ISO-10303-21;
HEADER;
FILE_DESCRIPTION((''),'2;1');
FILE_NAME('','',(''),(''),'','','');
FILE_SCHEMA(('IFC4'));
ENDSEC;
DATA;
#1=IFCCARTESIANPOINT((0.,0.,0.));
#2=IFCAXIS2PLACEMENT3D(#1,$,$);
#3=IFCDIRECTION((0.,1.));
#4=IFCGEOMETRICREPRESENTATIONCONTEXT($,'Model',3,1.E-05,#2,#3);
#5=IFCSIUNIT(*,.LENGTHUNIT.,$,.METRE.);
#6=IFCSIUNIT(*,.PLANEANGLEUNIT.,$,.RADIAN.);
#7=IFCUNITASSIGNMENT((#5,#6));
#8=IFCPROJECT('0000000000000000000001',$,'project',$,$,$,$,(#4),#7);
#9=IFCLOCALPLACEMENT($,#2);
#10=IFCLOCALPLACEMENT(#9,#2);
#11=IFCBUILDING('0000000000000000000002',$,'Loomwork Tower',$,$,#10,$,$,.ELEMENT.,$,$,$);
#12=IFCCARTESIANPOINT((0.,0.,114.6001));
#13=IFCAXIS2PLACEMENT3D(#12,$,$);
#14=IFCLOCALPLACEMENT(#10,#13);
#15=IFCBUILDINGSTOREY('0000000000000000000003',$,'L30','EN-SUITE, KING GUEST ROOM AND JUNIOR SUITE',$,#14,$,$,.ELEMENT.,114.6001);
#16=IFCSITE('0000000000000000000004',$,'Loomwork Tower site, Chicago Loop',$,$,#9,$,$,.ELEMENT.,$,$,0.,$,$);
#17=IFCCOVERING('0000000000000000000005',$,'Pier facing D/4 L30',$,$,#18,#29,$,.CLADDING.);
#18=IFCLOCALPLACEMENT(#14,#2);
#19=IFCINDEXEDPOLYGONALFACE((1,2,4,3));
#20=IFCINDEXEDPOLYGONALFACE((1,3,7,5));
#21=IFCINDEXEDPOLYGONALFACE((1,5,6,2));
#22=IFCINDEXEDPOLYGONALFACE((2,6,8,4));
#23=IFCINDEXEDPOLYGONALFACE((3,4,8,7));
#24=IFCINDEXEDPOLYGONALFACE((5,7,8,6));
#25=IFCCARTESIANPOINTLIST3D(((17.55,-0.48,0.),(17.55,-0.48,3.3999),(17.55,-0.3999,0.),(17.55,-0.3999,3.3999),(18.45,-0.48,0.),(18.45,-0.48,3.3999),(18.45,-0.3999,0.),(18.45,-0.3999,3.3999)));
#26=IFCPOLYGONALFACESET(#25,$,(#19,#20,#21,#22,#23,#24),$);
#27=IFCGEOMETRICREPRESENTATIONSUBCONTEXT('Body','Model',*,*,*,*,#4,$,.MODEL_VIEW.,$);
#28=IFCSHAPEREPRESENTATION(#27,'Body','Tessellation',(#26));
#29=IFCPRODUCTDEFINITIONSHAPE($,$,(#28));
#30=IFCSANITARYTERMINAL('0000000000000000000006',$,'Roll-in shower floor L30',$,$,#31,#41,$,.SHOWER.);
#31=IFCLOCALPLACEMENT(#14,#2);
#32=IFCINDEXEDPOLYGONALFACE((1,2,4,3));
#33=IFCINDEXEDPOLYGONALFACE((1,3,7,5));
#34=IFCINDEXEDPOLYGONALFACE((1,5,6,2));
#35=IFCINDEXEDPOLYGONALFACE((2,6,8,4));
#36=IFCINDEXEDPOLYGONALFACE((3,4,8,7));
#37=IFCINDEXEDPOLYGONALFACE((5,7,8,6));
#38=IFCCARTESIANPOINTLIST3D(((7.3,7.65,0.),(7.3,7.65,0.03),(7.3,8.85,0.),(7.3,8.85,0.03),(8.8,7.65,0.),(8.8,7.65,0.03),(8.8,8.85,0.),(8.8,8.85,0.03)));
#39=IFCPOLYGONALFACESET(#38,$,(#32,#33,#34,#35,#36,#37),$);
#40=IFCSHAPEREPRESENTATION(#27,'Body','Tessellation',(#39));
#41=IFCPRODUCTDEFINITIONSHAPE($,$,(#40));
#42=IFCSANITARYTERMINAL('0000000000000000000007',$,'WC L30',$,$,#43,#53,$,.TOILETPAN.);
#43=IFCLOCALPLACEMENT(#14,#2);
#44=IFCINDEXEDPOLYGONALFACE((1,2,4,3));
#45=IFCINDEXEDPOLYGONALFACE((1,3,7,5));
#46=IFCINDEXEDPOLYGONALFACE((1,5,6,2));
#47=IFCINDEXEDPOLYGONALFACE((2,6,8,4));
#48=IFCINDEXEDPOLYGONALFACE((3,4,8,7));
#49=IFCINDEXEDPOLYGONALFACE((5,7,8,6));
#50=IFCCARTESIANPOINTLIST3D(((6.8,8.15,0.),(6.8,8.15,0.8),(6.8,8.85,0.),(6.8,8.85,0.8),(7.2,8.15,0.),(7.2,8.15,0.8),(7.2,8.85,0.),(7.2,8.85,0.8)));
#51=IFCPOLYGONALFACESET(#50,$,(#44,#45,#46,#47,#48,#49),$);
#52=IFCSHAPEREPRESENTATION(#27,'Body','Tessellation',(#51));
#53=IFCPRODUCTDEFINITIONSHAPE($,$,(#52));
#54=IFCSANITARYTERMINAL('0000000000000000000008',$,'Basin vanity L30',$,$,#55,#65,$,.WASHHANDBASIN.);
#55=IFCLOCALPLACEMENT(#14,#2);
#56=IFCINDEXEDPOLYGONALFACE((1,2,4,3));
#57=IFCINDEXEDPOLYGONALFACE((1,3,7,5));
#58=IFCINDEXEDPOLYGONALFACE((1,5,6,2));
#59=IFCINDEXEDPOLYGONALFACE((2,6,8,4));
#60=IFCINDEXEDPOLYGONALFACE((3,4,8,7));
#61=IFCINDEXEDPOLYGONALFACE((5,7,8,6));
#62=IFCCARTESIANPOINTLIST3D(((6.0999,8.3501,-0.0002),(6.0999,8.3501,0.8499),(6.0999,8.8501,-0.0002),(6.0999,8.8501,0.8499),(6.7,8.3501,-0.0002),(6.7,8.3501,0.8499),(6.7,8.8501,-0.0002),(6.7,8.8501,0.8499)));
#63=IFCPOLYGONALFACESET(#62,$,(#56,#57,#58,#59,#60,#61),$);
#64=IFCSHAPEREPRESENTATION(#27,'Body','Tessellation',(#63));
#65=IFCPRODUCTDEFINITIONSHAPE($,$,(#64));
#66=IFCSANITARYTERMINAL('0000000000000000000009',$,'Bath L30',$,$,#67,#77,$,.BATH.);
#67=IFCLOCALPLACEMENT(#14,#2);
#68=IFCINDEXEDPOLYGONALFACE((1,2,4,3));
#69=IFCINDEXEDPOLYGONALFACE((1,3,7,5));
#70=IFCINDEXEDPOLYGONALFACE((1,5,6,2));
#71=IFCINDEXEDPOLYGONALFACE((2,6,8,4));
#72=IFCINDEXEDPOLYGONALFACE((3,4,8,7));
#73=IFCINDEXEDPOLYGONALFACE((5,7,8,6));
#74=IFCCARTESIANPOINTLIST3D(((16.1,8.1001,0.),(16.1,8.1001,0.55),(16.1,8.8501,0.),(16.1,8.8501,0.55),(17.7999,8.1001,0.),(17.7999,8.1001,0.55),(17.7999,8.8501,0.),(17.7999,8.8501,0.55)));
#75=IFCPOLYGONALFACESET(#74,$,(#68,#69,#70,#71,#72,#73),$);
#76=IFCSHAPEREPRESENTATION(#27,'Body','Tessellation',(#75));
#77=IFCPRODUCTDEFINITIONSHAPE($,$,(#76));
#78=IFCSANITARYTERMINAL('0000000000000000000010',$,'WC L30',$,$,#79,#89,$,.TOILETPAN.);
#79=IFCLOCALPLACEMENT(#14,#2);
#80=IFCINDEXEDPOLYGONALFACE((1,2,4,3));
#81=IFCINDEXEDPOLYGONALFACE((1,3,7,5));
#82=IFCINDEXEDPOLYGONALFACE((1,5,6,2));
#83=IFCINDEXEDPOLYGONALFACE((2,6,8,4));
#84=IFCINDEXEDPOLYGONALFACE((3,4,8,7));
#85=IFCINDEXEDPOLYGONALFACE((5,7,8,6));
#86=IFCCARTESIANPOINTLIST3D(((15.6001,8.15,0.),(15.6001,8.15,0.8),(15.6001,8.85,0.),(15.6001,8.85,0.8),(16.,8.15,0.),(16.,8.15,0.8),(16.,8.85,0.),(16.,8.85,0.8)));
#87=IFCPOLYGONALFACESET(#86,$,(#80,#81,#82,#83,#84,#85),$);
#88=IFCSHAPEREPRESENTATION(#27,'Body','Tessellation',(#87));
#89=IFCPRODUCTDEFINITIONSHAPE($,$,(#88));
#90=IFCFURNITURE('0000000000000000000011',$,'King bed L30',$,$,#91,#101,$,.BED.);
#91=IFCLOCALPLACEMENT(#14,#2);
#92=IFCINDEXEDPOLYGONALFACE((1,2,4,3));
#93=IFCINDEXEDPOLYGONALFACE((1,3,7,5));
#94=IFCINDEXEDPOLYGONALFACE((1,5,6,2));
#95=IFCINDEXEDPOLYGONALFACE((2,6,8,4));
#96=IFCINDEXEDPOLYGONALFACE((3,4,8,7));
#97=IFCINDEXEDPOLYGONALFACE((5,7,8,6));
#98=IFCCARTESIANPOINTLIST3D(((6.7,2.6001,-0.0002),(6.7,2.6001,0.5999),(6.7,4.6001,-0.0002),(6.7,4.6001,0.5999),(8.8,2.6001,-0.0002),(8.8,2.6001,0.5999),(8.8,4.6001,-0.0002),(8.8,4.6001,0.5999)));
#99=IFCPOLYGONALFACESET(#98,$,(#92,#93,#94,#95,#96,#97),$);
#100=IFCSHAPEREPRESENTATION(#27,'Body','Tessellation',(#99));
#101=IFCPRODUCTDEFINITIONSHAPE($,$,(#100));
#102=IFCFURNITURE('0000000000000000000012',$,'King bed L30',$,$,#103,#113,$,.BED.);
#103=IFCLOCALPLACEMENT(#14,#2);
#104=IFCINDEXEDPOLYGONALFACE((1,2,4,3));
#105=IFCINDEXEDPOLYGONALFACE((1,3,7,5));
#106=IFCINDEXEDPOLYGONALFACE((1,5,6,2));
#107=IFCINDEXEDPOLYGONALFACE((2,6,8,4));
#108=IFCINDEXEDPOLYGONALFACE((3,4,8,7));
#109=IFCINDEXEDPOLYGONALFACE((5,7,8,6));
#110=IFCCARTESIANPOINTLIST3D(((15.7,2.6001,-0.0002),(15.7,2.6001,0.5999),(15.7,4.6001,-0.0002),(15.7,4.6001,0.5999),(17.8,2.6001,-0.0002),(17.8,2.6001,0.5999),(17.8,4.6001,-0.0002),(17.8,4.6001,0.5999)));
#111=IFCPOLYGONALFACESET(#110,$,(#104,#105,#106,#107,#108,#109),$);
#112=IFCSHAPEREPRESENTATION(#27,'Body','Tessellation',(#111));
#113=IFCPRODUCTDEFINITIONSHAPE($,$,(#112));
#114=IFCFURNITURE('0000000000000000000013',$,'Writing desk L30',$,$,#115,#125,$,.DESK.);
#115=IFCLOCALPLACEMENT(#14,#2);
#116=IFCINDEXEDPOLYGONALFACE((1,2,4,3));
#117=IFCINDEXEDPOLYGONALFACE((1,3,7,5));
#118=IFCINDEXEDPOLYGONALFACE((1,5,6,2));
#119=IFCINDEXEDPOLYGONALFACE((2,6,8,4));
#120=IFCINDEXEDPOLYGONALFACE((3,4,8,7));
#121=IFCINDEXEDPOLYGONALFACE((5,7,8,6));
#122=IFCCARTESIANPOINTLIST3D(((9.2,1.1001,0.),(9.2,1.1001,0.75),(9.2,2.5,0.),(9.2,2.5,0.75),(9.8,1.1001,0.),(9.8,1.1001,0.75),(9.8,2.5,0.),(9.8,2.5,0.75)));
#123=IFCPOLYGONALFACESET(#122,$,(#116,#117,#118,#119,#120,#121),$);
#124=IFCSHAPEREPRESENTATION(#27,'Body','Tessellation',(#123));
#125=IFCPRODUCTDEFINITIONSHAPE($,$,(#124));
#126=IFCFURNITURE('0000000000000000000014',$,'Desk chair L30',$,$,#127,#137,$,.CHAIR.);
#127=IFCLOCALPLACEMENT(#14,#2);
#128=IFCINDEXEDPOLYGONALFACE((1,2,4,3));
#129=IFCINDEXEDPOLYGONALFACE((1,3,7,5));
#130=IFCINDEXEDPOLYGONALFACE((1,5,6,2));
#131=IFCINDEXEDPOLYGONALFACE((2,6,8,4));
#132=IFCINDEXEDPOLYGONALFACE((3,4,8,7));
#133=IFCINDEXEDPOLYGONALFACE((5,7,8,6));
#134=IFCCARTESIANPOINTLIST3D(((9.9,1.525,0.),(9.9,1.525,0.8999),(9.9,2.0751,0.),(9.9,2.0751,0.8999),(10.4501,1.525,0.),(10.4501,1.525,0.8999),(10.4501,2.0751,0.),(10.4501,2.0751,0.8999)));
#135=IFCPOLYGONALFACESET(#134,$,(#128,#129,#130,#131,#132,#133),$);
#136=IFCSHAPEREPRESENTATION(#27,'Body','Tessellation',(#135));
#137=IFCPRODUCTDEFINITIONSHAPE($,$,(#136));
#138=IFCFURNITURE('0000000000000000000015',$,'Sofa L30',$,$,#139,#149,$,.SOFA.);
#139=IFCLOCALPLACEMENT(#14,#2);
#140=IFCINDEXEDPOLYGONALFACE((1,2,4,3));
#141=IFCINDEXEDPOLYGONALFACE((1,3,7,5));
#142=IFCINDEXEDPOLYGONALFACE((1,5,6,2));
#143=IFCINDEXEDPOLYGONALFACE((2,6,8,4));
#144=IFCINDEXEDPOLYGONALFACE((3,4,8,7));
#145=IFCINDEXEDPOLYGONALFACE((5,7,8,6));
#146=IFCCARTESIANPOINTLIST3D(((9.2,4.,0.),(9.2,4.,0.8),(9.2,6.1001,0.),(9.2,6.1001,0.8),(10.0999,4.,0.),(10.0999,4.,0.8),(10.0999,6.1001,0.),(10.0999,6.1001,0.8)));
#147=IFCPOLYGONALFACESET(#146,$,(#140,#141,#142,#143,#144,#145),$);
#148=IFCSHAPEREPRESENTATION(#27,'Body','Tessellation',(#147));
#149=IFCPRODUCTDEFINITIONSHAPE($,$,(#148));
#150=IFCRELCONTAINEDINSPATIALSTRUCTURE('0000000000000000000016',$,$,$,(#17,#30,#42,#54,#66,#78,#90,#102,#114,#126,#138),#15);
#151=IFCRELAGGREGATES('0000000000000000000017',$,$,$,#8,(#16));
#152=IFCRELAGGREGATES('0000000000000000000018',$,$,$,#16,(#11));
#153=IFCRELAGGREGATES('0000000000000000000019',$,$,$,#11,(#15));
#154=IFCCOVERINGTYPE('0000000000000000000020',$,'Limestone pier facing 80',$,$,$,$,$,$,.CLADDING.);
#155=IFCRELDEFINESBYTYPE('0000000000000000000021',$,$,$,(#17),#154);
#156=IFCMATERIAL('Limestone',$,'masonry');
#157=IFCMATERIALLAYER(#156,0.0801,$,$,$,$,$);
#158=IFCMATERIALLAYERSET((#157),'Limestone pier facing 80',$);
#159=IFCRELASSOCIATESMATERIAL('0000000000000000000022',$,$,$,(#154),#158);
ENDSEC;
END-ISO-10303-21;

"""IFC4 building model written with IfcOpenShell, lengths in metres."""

from ifc_helpers import new_model, si_unit, direction, frame, origin, origin_2d, place, context, subcontext, project, spatial, rectangle, extrude, material, layer, layer_set, type_object, element, save


model = new_model("IFC4")

# Units and contexts
model_context = context("Model", 3, precision=1e-05, world=origin(), true_north=direction((0.0, 1.0)))
body_context = subcontext(model_context, "Body", "Model", "MODEL_VIEW")
ifc_project = project(units=[si_unit("LENGTHUNIT", "METRE"), si_unit("PLANEANGLEUNIT", "RADIAN")], contexts=[model_context])

# Site, building, storey
site_placement = place(None, origin())
site = spatial("IfcSite", under=ifc_project, at=site_placement, Name="Loomwork Tower site, Chicago Loop", CompositionType="ELEMENT", RefElevation=0.0)
building_placement = place(site_placement, origin())
building = spatial("IfcBuilding", under=site, at=building_placement, Name="Loomwork Tower", CompositionType="ELEMENT")
storey_placement = place(building_placement, frame((0.0, 0.0, 114.6001)))
storey = spatial("IfcBuildingStorey", under=building, at=storey_placement, Name="L30", Description="EN-SUITE, KING GUEST ROOM AND JUNIOR SUITE", CompositionType="ELEMENT", Elevation=114.6001)

# Covering
ifc_material_1 = material(Name="Limestone", Category="masonry")
ifc_layer_1 = layer(ifc_material_1, 0.0801)
ifc_layer_set_1 = layer_set([ifc_layer_1], Name="Limestone pier facing 80")
covering_type = type_object("IfcCoveringType", Name="Limestone pier facing 80", PredefinedType="CLADDING", material=ifc_layer_set_1)
for number, where, z_axis, x_axis, name in (
    (1, (18.0, -0.4399, 0.0), (0.0, 0.0, 1.0), (1.0, 0.0, 0.0), "Pier facing D/4 L30"),
):
    element("IfcCovering", number, at=place(storey_placement, frame(where, z_axis=z_axis, x_axis=x_axis)), inside=storey, type_object=covering_type, Name=name, PredefinedType="CLADDING", context=body_context, shape_type="SweptSolid", body=[
        extrude(rectangle(XDim=0.8999, YDim=0.0801, at=origin_2d()), origin(), (0.0, 0.0, 1.0), 3.3999),
    ])

# Sanitary terminals
sanitary_terminal_1_placement = place(storey_placement, frame((8.05, 8.25, 0.0), z_axis=(0.0, 0.0, 1.0), x_axis=(1.0, 0.0, 0.0)))
element("IfcSanitaryTerminal", 2, at=sanitary_terminal_1_placement, inside=storey, Name="Roll-in shower floor L30", PredefinedType="SHOWER", context=body_context, shape_type="SweptSolid", body=[
    extrude(rectangle(XDim=1.5, YDim=1.2, at=origin_2d()), origin(), (0.0, 0.0, 1.0), 0.03),
])
sanitary_terminal_2_placement = place(storey_placement, frame((7.0, 8.5, 0.0), z_axis=(0.0, 0.0, 1.0), x_axis=(1.0, 0.0, 0.0)))
element("IfcSanitaryTerminal", 3, at=sanitary_terminal_2_placement, inside=storey, Name="WC L30", PredefinedType="TOILETPAN", context=body_context, shape_type="SweptSolid", body=[
    extrude(rectangle(XDim=0.3999, YDim=0.7, at=origin_2d()), origin(), (0.0, 0.0, 1.0), 0.8),
])
sanitary_terminal_3_placement = place(storey_placement, frame((6.3999, 8.6001, -0.0002), z_axis=(0.0, 0.0, 1.0), x_axis=(1.0, 0.0, 0.0)))
element("IfcSanitaryTerminal", 4, at=sanitary_terminal_3_placement, inside=storey, Name="Basin vanity L30", PredefinedType="WASHHANDBASIN", context=body_context, shape_type="SweptSolid", body=[
    extrude(rectangle(XDim=0.6001, YDim=0.5, at=origin_2d()), origin(), (0.0, 0.0, 1.0), 0.8501),
])
sanitary_terminal_4_placement = place(storey_placement, frame((16.95, 8.4751, 0.0), z_axis=(0.0, 0.0, 1.0), x_axis=(1.0, 0.0, 0.0)))
element("IfcSanitaryTerminal", 5, at=sanitary_terminal_4_placement, inside=storey, Name="Bath L30", PredefinedType="BATH", context=body_context, shape_type="SweptSolid", body=[
    extrude(rectangle(XDim=1.7, YDim=0.75, at=origin_2d()), origin(), (0.0, 0.0, 1.0), 0.55),
])
sanitary_terminal_5_placement = place(storey_placement, frame((15.8, 8.5, 0.0), z_axis=(0.0, 0.0, 1.0), x_axis=(1.0, 0.0, 0.0)))
element("IfcSanitaryTerminal", 6, at=sanitary_terminal_5_placement, inside=storey, Name="WC L30", PredefinedType="TOILETPAN", context=body_context, shape_type="SweptSolid", body=[
    extrude(rectangle(XDim=0.3999, YDim=0.7, at=origin_2d()), origin(), (0.0, 0.0, 1.0), 0.8),
])

# Furniture
for number, where, z_axis, x_axis, name in (
    (7, (7.75, 3.6001, -0.0002), (0.0, 0.0, 1.0), (1.0, 0.0, 0.0), "King bed L30"),
    (8, (16.75, 3.6001, -0.0002), (0.0, 0.0, 1.0), (1.0, 0.0, 0.0), "King bed L30"),
):
    element("IfcFurniture", number, at=place(storey_placement, frame(where, z_axis=z_axis, x_axis=x_axis)), inside=storey, Name=name, PredefinedType="BED", context=body_context, shape_type="SweptSolid", body=[
        extrude(rectangle(XDim=2.1001, YDim=2.0, at=origin_2d()), origin(), (0.0, 0.0, 1.0), 0.6001),
    ])
furniture_1_placement = place(storey_placement, frame((9.5, 1.8, 0.0), z_axis=(0.0, 0.0, 1.0), x_axis=(1.0, 0.0, 0.0)))
element("IfcFurniture", 9, at=furniture_1_placement, inside=storey, Name="Writing desk L30", PredefinedType="DESK", context=body_context, shape_type="SweptSolid", body=[
    extrude(rectangle(XDim=0.6001, YDim=1.3999, at=origin_2d()), origin(), (0.0, 0.0, 1.0), 0.75),
])
furniture_2_placement = place(storey_placement, frame((10.175, 1.8, 0.0), z_axis=(0.0, 0.0, 1.0), x_axis=(1.0, 0.0, 0.0)))
element("IfcFurniture", 10, at=furniture_2_placement, inside=storey, Name="Desk chair L30", PredefinedType="CHAIR", context=body_context, shape_type="SweptSolid", body=[
    extrude(rectangle(XDim=0.55, YDim=0.55, at=origin_2d()), origin(), (0.0, 0.0, 1.0), 0.8999),
])
furniture_3_placement = place(storey_placement, frame((9.6499, 5.05, 0.0), z_axis=(0.0, 0.0, 1.0), x_axis=(1.0, 0.0, 0.0)))
element("IfcFurniture", 11, at=furniture_3_placement, inside=storey, Name="Sofa L30", PredefinedType="SOFA", context=body_context, shape_type="SweptSolid", body=[
    extrude(rectangle(XDim=0.8999, YDim=2.1001, at=origin_2d()), origin(), (0.0, 0.0, 1.0), 0.8),
])

save(model, "model.ifc")
